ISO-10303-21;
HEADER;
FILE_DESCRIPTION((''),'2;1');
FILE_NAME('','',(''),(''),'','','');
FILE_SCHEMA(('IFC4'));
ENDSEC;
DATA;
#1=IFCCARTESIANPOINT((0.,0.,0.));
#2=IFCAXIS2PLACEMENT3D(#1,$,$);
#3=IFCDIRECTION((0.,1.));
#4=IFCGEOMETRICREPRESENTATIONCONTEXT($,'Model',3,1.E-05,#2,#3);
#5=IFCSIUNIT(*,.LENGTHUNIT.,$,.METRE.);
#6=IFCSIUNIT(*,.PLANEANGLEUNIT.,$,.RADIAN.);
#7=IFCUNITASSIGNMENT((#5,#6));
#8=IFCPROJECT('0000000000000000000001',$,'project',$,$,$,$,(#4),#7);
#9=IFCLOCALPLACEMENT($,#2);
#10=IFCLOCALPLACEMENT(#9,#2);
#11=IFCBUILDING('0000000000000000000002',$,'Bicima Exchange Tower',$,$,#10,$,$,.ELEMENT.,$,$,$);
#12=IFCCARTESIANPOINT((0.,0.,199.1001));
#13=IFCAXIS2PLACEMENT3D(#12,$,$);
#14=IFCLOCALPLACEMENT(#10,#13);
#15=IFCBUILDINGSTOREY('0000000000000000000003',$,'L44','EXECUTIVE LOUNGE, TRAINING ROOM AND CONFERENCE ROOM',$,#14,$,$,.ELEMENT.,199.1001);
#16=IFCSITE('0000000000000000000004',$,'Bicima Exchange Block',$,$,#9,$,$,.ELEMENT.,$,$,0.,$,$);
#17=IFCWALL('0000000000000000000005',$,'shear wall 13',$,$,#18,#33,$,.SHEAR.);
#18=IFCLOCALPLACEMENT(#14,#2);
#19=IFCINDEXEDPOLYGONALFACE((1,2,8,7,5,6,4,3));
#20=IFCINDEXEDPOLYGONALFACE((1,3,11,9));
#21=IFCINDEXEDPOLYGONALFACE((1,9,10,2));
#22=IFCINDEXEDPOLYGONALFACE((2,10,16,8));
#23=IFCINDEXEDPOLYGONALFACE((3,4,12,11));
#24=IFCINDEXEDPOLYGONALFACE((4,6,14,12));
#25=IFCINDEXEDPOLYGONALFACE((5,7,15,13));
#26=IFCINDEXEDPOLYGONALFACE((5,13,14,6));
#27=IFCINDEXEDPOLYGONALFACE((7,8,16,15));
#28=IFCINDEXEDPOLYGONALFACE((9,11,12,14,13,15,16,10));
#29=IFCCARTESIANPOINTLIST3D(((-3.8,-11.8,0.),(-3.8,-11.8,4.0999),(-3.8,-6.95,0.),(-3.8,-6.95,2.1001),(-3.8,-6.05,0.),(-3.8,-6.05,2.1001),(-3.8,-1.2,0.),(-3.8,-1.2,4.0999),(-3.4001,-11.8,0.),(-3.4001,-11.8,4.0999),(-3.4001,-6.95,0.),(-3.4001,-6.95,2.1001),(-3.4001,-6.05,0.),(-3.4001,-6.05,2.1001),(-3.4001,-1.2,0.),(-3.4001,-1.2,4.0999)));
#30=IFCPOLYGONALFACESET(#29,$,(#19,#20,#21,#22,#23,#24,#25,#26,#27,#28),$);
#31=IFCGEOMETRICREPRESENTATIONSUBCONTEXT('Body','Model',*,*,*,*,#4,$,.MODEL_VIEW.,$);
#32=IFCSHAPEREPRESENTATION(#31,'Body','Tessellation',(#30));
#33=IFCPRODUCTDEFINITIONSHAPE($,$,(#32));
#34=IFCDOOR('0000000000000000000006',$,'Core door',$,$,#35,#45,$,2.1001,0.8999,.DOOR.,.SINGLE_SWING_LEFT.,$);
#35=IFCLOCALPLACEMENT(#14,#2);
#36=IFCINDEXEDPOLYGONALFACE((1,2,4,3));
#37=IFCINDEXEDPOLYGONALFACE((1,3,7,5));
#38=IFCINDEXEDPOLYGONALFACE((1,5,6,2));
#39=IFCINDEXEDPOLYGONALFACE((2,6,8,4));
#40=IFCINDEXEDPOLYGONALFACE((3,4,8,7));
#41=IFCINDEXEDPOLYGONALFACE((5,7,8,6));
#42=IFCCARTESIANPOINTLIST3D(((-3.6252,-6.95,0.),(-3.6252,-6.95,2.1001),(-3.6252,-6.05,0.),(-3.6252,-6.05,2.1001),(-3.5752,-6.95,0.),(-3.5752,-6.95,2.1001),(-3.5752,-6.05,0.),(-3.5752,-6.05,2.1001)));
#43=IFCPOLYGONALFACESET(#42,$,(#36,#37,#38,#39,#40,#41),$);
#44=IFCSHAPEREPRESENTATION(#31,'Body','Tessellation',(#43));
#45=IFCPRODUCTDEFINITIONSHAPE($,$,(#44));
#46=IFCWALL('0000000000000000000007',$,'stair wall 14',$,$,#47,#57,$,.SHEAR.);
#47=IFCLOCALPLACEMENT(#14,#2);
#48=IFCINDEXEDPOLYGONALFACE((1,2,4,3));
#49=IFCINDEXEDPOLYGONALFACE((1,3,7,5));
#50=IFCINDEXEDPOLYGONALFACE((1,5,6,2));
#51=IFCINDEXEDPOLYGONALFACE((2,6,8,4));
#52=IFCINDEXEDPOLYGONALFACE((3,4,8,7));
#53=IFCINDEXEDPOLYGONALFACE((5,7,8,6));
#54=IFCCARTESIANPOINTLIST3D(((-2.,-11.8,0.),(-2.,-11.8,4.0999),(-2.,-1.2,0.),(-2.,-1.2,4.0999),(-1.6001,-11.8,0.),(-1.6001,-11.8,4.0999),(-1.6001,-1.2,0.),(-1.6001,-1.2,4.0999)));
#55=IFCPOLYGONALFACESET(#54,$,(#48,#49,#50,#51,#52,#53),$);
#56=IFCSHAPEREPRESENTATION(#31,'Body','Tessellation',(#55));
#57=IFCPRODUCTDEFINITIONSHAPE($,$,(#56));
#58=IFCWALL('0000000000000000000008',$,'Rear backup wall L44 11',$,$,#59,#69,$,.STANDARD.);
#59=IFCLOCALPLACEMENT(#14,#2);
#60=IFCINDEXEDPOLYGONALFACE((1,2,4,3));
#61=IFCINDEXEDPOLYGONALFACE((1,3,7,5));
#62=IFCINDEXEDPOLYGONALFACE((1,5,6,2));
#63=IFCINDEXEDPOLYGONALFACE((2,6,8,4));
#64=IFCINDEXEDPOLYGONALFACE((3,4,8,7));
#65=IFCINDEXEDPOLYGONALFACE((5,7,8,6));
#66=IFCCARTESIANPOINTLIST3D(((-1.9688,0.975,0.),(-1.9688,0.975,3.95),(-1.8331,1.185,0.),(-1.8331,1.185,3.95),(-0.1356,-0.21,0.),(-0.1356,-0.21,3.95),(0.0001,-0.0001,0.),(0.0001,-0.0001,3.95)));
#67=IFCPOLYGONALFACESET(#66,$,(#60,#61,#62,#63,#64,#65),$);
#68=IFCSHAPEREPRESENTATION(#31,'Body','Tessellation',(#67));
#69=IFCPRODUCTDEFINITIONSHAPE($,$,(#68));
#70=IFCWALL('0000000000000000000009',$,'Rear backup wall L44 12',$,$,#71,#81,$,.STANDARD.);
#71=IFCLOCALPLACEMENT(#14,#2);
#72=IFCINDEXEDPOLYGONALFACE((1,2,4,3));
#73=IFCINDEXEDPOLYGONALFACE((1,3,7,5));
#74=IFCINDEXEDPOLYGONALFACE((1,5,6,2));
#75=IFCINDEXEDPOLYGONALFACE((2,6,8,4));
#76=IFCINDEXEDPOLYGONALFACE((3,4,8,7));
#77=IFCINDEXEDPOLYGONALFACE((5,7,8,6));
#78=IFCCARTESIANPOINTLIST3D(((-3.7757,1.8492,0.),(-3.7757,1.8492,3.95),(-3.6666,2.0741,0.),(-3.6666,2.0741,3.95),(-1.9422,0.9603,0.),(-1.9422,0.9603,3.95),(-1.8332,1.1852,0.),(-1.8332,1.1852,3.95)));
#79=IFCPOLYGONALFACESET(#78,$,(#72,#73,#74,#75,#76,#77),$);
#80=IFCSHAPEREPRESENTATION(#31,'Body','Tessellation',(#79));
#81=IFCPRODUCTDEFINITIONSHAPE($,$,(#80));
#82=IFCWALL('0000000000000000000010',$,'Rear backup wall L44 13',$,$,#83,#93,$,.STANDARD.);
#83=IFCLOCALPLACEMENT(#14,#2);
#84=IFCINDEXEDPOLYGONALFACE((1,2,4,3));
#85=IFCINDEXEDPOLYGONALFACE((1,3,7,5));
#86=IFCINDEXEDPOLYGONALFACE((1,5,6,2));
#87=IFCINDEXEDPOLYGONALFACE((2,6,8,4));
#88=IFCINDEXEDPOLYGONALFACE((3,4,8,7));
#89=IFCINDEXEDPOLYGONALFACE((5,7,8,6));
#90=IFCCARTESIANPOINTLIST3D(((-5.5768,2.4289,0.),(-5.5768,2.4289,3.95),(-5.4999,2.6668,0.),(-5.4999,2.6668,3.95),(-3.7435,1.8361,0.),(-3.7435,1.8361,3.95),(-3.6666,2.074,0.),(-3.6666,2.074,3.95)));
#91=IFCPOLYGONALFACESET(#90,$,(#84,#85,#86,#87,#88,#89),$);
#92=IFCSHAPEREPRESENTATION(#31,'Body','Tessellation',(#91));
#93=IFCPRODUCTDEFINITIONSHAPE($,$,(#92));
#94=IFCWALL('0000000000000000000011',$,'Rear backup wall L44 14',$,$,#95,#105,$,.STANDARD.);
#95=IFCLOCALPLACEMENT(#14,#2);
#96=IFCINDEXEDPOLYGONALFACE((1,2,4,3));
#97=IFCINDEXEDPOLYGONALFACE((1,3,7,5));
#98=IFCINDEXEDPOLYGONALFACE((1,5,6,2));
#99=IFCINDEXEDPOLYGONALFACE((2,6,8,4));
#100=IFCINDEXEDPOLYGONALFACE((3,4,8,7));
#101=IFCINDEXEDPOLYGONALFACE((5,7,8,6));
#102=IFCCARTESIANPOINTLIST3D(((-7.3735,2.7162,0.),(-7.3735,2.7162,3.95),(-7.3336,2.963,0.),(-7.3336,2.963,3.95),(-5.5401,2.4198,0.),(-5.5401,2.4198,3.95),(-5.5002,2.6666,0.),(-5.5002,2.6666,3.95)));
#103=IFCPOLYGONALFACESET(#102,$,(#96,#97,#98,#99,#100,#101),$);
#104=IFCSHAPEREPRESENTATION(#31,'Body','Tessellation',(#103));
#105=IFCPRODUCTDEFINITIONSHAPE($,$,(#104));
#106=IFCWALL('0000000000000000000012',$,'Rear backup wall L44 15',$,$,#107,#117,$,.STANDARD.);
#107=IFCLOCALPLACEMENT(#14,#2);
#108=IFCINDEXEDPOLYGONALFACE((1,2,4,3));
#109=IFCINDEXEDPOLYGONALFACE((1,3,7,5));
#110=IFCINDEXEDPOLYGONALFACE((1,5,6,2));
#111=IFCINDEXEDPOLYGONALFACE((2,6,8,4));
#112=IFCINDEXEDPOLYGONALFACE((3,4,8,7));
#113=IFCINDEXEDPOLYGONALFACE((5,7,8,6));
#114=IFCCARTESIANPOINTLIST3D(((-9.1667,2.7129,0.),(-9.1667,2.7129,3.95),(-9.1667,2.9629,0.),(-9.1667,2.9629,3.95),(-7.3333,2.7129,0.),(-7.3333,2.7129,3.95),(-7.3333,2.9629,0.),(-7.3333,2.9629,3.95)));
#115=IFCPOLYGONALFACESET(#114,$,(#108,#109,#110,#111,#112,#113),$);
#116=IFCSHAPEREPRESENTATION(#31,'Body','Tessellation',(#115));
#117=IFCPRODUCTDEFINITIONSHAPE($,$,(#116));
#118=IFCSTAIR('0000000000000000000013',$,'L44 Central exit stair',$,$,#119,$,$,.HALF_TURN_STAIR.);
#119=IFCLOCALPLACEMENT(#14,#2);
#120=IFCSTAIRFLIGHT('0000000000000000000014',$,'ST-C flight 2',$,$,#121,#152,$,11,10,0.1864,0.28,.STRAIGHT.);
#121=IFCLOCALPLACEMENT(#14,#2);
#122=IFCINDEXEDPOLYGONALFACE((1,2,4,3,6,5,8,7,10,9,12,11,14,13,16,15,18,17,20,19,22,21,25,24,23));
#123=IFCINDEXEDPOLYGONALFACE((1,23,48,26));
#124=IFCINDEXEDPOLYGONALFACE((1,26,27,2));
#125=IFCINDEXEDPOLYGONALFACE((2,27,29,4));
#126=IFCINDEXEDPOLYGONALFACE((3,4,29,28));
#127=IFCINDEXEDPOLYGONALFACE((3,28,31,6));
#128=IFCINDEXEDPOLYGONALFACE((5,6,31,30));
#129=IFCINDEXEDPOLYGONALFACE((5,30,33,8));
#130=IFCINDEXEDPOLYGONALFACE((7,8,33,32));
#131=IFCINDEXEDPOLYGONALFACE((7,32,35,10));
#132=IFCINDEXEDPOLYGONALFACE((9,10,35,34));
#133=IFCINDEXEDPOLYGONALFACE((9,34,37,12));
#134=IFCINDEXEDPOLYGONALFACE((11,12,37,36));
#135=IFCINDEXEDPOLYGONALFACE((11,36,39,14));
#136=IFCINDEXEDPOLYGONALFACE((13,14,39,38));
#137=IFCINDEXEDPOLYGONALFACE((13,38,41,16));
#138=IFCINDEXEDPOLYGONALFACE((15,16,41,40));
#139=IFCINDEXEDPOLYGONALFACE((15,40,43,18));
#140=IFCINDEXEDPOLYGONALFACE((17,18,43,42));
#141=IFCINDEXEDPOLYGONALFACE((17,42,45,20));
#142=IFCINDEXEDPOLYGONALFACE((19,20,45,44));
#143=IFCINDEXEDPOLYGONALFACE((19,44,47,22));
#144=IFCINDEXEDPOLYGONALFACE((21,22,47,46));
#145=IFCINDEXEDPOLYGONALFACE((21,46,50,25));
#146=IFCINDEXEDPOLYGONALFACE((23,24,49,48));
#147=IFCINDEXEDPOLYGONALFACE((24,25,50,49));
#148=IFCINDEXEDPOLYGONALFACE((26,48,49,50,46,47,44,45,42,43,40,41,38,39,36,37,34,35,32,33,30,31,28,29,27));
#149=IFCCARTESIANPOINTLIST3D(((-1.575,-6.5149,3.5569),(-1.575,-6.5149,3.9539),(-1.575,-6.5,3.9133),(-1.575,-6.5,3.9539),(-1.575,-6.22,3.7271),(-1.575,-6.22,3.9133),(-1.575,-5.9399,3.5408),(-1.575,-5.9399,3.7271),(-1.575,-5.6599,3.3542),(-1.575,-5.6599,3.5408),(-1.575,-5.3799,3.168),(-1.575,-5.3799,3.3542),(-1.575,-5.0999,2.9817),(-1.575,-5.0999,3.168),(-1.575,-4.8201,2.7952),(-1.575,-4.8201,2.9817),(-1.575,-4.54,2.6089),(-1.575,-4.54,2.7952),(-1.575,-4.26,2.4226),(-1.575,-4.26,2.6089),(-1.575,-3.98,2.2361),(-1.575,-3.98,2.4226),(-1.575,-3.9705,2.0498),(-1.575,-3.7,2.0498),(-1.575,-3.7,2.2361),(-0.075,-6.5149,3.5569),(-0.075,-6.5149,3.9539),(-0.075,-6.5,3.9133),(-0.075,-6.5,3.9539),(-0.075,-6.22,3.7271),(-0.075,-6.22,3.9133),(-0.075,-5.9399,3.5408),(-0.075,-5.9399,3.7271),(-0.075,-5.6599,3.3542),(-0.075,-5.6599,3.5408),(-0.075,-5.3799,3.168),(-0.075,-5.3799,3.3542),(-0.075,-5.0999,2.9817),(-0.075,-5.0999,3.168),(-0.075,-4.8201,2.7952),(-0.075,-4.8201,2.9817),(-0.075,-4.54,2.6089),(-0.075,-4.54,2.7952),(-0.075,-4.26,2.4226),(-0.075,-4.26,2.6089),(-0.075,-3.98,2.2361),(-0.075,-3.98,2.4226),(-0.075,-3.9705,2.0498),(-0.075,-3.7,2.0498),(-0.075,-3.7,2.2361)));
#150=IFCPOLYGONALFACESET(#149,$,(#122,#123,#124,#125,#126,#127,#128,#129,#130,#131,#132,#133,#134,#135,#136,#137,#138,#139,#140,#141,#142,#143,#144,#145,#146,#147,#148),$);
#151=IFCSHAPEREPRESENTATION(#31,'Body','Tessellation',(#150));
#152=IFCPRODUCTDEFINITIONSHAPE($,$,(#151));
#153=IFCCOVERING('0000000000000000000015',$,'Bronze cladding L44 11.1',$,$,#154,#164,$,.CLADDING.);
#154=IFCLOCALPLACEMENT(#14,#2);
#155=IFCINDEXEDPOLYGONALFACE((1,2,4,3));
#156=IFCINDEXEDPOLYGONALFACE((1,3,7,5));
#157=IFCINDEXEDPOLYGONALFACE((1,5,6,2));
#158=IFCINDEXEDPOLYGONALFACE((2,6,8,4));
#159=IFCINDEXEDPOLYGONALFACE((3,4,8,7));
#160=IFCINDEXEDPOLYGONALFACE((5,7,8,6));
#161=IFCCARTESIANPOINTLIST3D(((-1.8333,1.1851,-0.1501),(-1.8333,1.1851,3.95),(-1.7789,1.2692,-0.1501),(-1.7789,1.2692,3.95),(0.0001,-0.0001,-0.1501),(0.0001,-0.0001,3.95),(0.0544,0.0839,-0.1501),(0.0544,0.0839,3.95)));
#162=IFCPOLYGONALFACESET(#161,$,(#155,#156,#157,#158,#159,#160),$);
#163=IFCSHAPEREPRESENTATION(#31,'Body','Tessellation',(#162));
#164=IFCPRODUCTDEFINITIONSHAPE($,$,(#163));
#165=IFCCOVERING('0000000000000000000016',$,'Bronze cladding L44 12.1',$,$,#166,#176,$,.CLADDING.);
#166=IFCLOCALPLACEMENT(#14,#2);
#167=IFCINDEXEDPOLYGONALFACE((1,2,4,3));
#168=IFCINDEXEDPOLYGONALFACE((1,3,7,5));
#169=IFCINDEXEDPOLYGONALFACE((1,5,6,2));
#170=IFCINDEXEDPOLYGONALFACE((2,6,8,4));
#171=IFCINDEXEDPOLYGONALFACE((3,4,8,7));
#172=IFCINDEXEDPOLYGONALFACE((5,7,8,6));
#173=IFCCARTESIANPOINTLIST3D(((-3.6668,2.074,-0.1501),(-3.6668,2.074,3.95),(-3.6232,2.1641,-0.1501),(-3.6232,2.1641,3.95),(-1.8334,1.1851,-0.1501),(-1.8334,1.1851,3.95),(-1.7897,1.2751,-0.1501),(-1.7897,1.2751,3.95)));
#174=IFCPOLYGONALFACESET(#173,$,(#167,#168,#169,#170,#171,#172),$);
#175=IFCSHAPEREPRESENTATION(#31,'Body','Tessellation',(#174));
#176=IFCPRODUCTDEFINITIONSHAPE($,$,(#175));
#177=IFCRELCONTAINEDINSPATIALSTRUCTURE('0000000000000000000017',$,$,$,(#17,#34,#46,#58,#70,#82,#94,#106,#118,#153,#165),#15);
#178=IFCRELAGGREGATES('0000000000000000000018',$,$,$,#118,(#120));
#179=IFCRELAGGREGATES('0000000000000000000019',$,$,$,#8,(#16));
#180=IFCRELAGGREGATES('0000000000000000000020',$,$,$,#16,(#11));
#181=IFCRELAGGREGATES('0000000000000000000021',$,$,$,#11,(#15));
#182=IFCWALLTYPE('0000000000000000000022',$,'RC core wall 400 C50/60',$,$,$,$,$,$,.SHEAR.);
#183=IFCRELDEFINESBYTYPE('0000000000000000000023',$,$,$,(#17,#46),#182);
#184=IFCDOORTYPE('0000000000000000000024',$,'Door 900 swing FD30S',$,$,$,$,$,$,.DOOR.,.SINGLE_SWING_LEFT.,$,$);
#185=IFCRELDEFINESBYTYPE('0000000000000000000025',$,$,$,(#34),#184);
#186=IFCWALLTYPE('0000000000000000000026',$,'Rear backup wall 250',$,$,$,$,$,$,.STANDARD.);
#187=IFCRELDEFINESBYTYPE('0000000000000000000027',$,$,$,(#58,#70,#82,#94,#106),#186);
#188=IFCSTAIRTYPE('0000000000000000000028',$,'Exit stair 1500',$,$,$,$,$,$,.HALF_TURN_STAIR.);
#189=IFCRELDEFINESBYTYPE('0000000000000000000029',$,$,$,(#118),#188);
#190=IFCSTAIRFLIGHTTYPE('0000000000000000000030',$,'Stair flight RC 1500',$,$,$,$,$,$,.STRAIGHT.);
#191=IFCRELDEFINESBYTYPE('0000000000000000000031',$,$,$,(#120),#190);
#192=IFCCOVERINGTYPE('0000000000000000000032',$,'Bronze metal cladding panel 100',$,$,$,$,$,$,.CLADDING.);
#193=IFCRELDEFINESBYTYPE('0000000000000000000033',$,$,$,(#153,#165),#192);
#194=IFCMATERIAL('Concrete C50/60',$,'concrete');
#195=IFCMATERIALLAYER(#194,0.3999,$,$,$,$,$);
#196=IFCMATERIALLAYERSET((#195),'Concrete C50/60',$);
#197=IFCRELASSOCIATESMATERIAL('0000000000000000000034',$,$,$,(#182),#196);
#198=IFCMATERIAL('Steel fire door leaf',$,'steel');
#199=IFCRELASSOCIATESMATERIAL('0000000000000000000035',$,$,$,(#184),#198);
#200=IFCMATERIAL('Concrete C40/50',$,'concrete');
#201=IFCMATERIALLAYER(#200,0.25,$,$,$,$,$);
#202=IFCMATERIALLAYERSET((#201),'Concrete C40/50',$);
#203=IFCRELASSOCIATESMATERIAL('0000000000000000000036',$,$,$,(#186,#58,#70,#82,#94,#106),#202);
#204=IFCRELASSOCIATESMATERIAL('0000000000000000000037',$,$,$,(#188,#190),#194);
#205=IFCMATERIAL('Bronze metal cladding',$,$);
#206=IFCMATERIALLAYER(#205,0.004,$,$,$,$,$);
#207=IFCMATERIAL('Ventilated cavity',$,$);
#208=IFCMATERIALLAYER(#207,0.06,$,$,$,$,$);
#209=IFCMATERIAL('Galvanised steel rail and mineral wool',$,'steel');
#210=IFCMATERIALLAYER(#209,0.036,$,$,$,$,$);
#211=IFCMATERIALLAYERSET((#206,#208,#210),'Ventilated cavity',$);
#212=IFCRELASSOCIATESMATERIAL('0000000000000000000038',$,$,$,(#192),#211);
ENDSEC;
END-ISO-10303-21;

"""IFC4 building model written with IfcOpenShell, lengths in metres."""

from ifc_helpers import new_model, si_unit, direction, frame, frame_2d, origin, origin_2d, place, context, subcontext, project, spatial, polyline, rectangle, outline, extrude, material, layer, layer_set, layer_usage, type_object, element, fill, aggregate, save


model = new_model("IFC4")

# Units and contexts
model_context = context("Model", 3, precision=1e-05, world=origin(), true_north=direction((0.0, 1.0)))
body_context = subcontext(model_context, "Body", "Model", "MODEL_VIEW")
ifc_project = project(units=[si_unit("LENGTHUNIT", "METRE"), si_unit("PLANEANGLEUNIT", "RADIAN")], contexts=[model_context])

# Site, building, storey
site_placement = place(None, origin())
site = spatial("IfcSite", under=ifc_project, at=site_placement, Name="Bicima Exchange Block", CompositionType="ELEMENT", RefElevation=0.0)
building_placement = place(site_placement, origin())
building = spatial("IfcBuilding", under=site, at=building_placement, Name="Bicima Exchange Tower", CompositionType="ELEMENT")
storey_placement = place(building_placement, frame((0.0, 0.0, 199.1001)))
storey = spatial("IfcBuildingStorey", under=building, at=storey_placement, Name="L44", Description="EXECUTIVE LOUNGE, TRAINING ROOM AND CONFERENCE ROOM", CompositionType="ELEMENT", Elevation=199.1001)

# Shared definitions
ifc_material_1 = material(Name="Concrete C40/50", Category="concrete")

# Shared definitions
ifc_material_2 = material(Name="Concrete C50/60", Category="concrete")

# Shared definitions
ifc_layer_1 = layer(ifc_material_2, 0.3999)
ifc_layer_set_1 = layer_set([ifc_layer_1], Name="Concrete C50/60")
wall_type_1 = type_object("IfcWallType", Name="RC core wall 400 C50/60", PredefinedType="SHEAR", material=ifc_layer_set_1)
ifc_material_3 = material(Name="Steel fire door leaf", Category="steel")

# Wall, opening, door
wall_1_placement = place(storey_placement, frame((-3.6001, -11.8, 0.0), z_axis=(0.0, 0.0, 1.0), x_axis=(0.0, 1.0, 0.0)))
wall_1 = element("IfcWall", 1, at=wall_1_placement, inside=storey, type_object=wall_type_1, Name="shear wall 13", PredefinedType="SHEAR", context=body_context, shape_type="SweptSolid", body=[
    extrude(rectangle(XDim=10.6001, YDim=0.3999, at=frame_2d((5.3, 0.0))), origin(), (0.0, 0.0, 1.0), 4.0999),
])
opening_1_placement = place(wall_1_placement, frame((4.8501, 0.0, 0.0)))
opening_1 = element("IfcOpeningElement", 2, at=opening_1_placement, cuts=wall_1, PredefinedType="OPENING", context=body_context, shape_type="SweptSolid", body=[
    extrude(rectangle(XDim=0.8999, YDim=2.1001, at=frame_2d((0.45, 1.05))), frame((0.0, 0.2119, 0.0), z_axis=(0.0, -1.0, 0.0), x_axis=(1.0, 0.0, 0.0)), (0.0, 0.0, 1.0), 0.4238),
])
door_type_1 = type_object("IfcDoorType", Name="Door 900 swing FD30S", OperationType="SINGLE_SWING_LEFT", PredefinedType="DOOR", material=ifc_material_3)
door_1_placement = place(opening_1_placement, frame((0.8999, 0.0, 0.0), z_axis=(0.0, 0.0, 1.0), x_axis=(-1.0, 0.0, 0.0)))
door_1 = element("IfcDoor", 3, at=door_1_placement, inside=storey, type_object=door_type_1, Name="Core door", OperationType="SINGLE_SWING_LEFT", OverallHeight=2.1001, OverallWidth=0.8999, PredefinedType="DOOR", context=body_context, shape_type="SweptSolid", body=[
    extrude(rectangle(XDim=0.8999, YDim=2.1001, at=frame_2d((0.45, 1.05))), frame((0.0, 0.0249, 0.0), z_axis=(0.0, -1.0, 0.0), x_axis=(1.0, 0.0, 0.0)), (0.0, 0.0, 1.0), 0.05),
])
fill(opening_1, door_1)

# Walls
wall_2_placement = place(storey_placement, frame((-1.8, -11.8, 0.0), z_axis=(0.0, 0.0, 1.0), x_axis=(0.0, 1.0, 0.0)))
element("IfcWall", 4, at=wall_2_placement, inside=storey, type_object=wall_type_1, Name="stair wall 14", PredefinedType="SHEAR", context=body_context, shape_type="SweptSolid", body=[
    extrude(rectangle(XDim=10.6001, YDim=0.3999, at=frame_2d((5.3, 0.0))), origin(), (0.0, 0.0, 1.0), 4.0999),
])
ifc_layer_2 = layer(ifc_material_1, 0.25)
ifc_layer_set_2 = layer_set([ifc_layer_2], Name="Concrete C40/50")
ifc_layer_usage = layer_usage(ifc_layer_set_2, "AXIS2", "POSITIVE", -0.125)
wall_type_2 = type_object("IfcWallType", Name="Rear backup wall 250", PredefinedType="STANDARD", material=ifc_layer_set_2)
wall_3_placement = place(storey_placement, frame((-0.0679, -0.105, 0.0), z_axis=(0.0, 0.0, 1.0), x_axis=(-0.839813, 0.542876, 0.0)))
element("IfcWall", 5, at=wall_3_placement, inside=storey, type_object=wall_type_2, material=ifc_layer_usage, Name="Rear backup wall L44 11", PredefinedType="STANDARD", context=body_context, shape_type="SweptSolid", body=[
    extrude(rectangle(XDim=2.1829, YDim=0.25, at=frame_2d((1.0913, 0.0))), origin(), (0.0, 0.0, 1.0), 3.95),
])
wall_4_placement = place(storey_placement, frame((-1.8877, 1.0728, 0.0), z_axis=(0.0, 0.0, 1.0), x_axis=(-0.899824, 0.436253, 0.0)))
element("IfcWall", 6, at=wall_4_placement, inside=storey, type_object=wall_type_2, material=ifc_layer_usage, Name="Rear backup wall L44 12", PredefinedType="STANDARD", context=body_context, shape_type="SweptSolid", body=[
    extrude(rectangle(XDim=2.0376, YDim=0.25, at=frame_2d((1.0188, 0.0))), origin(), (0.0, 0.0, 1.0), 3.95),
])
wall_5_placement = place(storey_placement, frame((-3.7051, 1.9551, 0.0), z_axis=(0.0, 0.0, 1.0), x_axis=(-0.951496, 0.307662, 0.0)))
element("IfcWall", 7, at=wall_5_placement, inside=storey, type_object=wall_type_2, material=ifc_layer_usage, Name="Rear backup wall L44 13", PredefinedType="STANDARD", context=body_context, shape_type="SweptSolid", body=[
    extrude(rectangle(XDim=1.9268, YDim=0.25, at=frame_2d((0.9634, 0.0))), origin(), (0.0, 0.0, 1.0), 3.95),
])
wall_6_placement = place(storey_placement, frame((-5.52, 2.5432, 0.0), z_axis=(0.0, 0.0, 1.0), x_axis=(-0.987182, 0.1596, 0.0)))
element("IfcWall", 8, at=wall_6_placement, inside=storey, type_object=wall_type_2, material=ifc_layer_usage, Name="Rear backup wall L44 14", PredefinedType="STANDARD", context=body_context, shape_type="SweptSolid", body=[
    extrude(rectangle(XDim=1.8572, YDim=0.25, at=frame_2d((0.9287, 0.0))), origin(), (0.0, 0.0, 1.0), 3.95),
])
wall_7_placement = place(storey_placement, frame((-7.3333, 2.8379, 0.0), z_axis=(0.0, 0.0, 1.0), x_axis=(-1.0, 0.0, 0.0)))
element("IfcWall", 9, at=wall_7_placement, inside=storey, type_object=wall_type_2, material=ifc_layer_usage, Name="Rear backup wall L44 15", PredefinedType="STANDARD", context=body_context, shape_type="SweptSolid", body=[
    extrude(rectangle(XDim=1.8335, YDim=0.25, at=frame_2d((0.9167, 0.0))), origin(), (0.0, 0.0, 1.0), 3.95),
])

# Stair, stair flight
stair_type_1 = type_object("IfcStairType", Name="Exit stair 1500", PredefinedType="HALF_TURN_STAIR", material=ifc_material_2)
stair_1_placement = place(storey_placement, origin())
stair_1 = element("IfcStair", 10, at=stair_1_placement, inside=storey, type_object=stair_type_1, Name="L44 Central exit stair", PredefinedType="HALF_TURN_STAIR")
stair_flight_type = type_object("IfcStairFlightType", Name="Stair flight RC 1500", PredefinedType="STRAIGHT", material=ifc_material_2)
stair_flight_placement = place(storey_placement, frame((-0.825, -3.7, 2.0498), z_axis=(0.0, 0.0, 1.0), x_axis=(0.0, -1.0, 0.0)))
stair_flight = element("IfcStairFlight", 11, at=stair_flight_placement, type_object=stair_flight_type, Name="ST-C flight 2", NumberOfRisers=11, NumberOfTreads=10, PredefinedType="STRAIGHT", RiserHeight=0.1864, TreadLength=0.28, context=body_context, shape_type="SweptSolid", body=[
    extrude(outline(polyline([(0.0, 0.0), (0.0, 0.1863), (0.28, 0.1863), (0.28, 0.3728), (0.5601, 0.3728), (0.5601, 0.5591), (0.8401, 0.5591), (0.8401, 0.7454), (1.1201, 0.7454), (1.1201, 0.9319), (1.3999, 0.9319), (1.3999, 1.1182), (1.6799, 1.1182), (1.6799, 1.3044), (1.96, 1.3044), (1.96, 1.491), (2.24, 1.491), (2.24, 1.6772), (2.52, 1.6772), (2.52, 1.8635), (2.8, 1.8635), (2.8, 1.9041), (2.8149, 1.9041), (2.8149, 1.5071), (0.2705, 0.0), (0.0, 0.0)])), frame((0.0, 0.75, 0.0), z_axis=(0.0, -1.0, 0.0), x_axis=(1.0, 0.0, 0.0)), (0.0, 0.0, 1.0), 1.5),
])
aggregate(stair_1, [stair_flight])

# Coverings
ifc_material_4 = material(Name="Bronze metal cladding")
ifc_layer_3 = layer(ifc_material_4, 0.004)
ifc_material_5 = material(Name="Ventilated cavity")
ifc_layer_4 = layer(ifc_material_5, 0.06)
ifc_material_6 = material(Name="Galvanised steel rail and mineral wool", Category="steel")
ifc_layer_5 = layer(ifc_material_6, 0.036)
ifc_layer_set_3 = layer_set([ifc_layer_3, ifc_layer_4, ifc_layer_5], Name="Ventilated cavity")
covering_type = type_object("IfcCoveringType", Name="Bronze metal cladding panel 100", PredefinedType="CLADDING", material=ifc_layer_set_3)
covering_1_placement = place(storey_placement, frame((-0.8894, 0.6345, -0.1501), z_axis=(0.0, 0.0, 1.0), x_axis=(-0.83979, 0.542911, 0.0)))
element("IfcCovering", 12, at=covering_1_placement, inside=storey, type_object=covering_type, Name="Bronze cladding L44 11.1", PredefinedType="CLADDING", context=body_context, shape_type="SweptSolid", body=[
    extrude(rectangle(XDim=2.1831, YDim=0.1001, at=origin_2d()), origin(), (0.0, 0.0, 1.0), 4.1001),
])
covering_2_placement = place(storey_placement, frame((-2.7283, 1.6746, -0.1501), z_axis=(0.0, 0.0, 1.0), x_axis=(-0.899818, 0.436265, 0.0)))
element("IfcCovering", 13, at=covering_2_placement, inside=storey, type_object=covering_type, Name="Bronze cladding L44 12.1", PredefinedType="CLADDING", context=body_context, shape_type="SweptSolid", body=[
    extrude(rectangle(XDim=2.0376, YDim=0.1001, at=origin_2d()), origin(), (0.0, 0.0, 1.0), 4.1001),
])

save(model, "model.ifc")
